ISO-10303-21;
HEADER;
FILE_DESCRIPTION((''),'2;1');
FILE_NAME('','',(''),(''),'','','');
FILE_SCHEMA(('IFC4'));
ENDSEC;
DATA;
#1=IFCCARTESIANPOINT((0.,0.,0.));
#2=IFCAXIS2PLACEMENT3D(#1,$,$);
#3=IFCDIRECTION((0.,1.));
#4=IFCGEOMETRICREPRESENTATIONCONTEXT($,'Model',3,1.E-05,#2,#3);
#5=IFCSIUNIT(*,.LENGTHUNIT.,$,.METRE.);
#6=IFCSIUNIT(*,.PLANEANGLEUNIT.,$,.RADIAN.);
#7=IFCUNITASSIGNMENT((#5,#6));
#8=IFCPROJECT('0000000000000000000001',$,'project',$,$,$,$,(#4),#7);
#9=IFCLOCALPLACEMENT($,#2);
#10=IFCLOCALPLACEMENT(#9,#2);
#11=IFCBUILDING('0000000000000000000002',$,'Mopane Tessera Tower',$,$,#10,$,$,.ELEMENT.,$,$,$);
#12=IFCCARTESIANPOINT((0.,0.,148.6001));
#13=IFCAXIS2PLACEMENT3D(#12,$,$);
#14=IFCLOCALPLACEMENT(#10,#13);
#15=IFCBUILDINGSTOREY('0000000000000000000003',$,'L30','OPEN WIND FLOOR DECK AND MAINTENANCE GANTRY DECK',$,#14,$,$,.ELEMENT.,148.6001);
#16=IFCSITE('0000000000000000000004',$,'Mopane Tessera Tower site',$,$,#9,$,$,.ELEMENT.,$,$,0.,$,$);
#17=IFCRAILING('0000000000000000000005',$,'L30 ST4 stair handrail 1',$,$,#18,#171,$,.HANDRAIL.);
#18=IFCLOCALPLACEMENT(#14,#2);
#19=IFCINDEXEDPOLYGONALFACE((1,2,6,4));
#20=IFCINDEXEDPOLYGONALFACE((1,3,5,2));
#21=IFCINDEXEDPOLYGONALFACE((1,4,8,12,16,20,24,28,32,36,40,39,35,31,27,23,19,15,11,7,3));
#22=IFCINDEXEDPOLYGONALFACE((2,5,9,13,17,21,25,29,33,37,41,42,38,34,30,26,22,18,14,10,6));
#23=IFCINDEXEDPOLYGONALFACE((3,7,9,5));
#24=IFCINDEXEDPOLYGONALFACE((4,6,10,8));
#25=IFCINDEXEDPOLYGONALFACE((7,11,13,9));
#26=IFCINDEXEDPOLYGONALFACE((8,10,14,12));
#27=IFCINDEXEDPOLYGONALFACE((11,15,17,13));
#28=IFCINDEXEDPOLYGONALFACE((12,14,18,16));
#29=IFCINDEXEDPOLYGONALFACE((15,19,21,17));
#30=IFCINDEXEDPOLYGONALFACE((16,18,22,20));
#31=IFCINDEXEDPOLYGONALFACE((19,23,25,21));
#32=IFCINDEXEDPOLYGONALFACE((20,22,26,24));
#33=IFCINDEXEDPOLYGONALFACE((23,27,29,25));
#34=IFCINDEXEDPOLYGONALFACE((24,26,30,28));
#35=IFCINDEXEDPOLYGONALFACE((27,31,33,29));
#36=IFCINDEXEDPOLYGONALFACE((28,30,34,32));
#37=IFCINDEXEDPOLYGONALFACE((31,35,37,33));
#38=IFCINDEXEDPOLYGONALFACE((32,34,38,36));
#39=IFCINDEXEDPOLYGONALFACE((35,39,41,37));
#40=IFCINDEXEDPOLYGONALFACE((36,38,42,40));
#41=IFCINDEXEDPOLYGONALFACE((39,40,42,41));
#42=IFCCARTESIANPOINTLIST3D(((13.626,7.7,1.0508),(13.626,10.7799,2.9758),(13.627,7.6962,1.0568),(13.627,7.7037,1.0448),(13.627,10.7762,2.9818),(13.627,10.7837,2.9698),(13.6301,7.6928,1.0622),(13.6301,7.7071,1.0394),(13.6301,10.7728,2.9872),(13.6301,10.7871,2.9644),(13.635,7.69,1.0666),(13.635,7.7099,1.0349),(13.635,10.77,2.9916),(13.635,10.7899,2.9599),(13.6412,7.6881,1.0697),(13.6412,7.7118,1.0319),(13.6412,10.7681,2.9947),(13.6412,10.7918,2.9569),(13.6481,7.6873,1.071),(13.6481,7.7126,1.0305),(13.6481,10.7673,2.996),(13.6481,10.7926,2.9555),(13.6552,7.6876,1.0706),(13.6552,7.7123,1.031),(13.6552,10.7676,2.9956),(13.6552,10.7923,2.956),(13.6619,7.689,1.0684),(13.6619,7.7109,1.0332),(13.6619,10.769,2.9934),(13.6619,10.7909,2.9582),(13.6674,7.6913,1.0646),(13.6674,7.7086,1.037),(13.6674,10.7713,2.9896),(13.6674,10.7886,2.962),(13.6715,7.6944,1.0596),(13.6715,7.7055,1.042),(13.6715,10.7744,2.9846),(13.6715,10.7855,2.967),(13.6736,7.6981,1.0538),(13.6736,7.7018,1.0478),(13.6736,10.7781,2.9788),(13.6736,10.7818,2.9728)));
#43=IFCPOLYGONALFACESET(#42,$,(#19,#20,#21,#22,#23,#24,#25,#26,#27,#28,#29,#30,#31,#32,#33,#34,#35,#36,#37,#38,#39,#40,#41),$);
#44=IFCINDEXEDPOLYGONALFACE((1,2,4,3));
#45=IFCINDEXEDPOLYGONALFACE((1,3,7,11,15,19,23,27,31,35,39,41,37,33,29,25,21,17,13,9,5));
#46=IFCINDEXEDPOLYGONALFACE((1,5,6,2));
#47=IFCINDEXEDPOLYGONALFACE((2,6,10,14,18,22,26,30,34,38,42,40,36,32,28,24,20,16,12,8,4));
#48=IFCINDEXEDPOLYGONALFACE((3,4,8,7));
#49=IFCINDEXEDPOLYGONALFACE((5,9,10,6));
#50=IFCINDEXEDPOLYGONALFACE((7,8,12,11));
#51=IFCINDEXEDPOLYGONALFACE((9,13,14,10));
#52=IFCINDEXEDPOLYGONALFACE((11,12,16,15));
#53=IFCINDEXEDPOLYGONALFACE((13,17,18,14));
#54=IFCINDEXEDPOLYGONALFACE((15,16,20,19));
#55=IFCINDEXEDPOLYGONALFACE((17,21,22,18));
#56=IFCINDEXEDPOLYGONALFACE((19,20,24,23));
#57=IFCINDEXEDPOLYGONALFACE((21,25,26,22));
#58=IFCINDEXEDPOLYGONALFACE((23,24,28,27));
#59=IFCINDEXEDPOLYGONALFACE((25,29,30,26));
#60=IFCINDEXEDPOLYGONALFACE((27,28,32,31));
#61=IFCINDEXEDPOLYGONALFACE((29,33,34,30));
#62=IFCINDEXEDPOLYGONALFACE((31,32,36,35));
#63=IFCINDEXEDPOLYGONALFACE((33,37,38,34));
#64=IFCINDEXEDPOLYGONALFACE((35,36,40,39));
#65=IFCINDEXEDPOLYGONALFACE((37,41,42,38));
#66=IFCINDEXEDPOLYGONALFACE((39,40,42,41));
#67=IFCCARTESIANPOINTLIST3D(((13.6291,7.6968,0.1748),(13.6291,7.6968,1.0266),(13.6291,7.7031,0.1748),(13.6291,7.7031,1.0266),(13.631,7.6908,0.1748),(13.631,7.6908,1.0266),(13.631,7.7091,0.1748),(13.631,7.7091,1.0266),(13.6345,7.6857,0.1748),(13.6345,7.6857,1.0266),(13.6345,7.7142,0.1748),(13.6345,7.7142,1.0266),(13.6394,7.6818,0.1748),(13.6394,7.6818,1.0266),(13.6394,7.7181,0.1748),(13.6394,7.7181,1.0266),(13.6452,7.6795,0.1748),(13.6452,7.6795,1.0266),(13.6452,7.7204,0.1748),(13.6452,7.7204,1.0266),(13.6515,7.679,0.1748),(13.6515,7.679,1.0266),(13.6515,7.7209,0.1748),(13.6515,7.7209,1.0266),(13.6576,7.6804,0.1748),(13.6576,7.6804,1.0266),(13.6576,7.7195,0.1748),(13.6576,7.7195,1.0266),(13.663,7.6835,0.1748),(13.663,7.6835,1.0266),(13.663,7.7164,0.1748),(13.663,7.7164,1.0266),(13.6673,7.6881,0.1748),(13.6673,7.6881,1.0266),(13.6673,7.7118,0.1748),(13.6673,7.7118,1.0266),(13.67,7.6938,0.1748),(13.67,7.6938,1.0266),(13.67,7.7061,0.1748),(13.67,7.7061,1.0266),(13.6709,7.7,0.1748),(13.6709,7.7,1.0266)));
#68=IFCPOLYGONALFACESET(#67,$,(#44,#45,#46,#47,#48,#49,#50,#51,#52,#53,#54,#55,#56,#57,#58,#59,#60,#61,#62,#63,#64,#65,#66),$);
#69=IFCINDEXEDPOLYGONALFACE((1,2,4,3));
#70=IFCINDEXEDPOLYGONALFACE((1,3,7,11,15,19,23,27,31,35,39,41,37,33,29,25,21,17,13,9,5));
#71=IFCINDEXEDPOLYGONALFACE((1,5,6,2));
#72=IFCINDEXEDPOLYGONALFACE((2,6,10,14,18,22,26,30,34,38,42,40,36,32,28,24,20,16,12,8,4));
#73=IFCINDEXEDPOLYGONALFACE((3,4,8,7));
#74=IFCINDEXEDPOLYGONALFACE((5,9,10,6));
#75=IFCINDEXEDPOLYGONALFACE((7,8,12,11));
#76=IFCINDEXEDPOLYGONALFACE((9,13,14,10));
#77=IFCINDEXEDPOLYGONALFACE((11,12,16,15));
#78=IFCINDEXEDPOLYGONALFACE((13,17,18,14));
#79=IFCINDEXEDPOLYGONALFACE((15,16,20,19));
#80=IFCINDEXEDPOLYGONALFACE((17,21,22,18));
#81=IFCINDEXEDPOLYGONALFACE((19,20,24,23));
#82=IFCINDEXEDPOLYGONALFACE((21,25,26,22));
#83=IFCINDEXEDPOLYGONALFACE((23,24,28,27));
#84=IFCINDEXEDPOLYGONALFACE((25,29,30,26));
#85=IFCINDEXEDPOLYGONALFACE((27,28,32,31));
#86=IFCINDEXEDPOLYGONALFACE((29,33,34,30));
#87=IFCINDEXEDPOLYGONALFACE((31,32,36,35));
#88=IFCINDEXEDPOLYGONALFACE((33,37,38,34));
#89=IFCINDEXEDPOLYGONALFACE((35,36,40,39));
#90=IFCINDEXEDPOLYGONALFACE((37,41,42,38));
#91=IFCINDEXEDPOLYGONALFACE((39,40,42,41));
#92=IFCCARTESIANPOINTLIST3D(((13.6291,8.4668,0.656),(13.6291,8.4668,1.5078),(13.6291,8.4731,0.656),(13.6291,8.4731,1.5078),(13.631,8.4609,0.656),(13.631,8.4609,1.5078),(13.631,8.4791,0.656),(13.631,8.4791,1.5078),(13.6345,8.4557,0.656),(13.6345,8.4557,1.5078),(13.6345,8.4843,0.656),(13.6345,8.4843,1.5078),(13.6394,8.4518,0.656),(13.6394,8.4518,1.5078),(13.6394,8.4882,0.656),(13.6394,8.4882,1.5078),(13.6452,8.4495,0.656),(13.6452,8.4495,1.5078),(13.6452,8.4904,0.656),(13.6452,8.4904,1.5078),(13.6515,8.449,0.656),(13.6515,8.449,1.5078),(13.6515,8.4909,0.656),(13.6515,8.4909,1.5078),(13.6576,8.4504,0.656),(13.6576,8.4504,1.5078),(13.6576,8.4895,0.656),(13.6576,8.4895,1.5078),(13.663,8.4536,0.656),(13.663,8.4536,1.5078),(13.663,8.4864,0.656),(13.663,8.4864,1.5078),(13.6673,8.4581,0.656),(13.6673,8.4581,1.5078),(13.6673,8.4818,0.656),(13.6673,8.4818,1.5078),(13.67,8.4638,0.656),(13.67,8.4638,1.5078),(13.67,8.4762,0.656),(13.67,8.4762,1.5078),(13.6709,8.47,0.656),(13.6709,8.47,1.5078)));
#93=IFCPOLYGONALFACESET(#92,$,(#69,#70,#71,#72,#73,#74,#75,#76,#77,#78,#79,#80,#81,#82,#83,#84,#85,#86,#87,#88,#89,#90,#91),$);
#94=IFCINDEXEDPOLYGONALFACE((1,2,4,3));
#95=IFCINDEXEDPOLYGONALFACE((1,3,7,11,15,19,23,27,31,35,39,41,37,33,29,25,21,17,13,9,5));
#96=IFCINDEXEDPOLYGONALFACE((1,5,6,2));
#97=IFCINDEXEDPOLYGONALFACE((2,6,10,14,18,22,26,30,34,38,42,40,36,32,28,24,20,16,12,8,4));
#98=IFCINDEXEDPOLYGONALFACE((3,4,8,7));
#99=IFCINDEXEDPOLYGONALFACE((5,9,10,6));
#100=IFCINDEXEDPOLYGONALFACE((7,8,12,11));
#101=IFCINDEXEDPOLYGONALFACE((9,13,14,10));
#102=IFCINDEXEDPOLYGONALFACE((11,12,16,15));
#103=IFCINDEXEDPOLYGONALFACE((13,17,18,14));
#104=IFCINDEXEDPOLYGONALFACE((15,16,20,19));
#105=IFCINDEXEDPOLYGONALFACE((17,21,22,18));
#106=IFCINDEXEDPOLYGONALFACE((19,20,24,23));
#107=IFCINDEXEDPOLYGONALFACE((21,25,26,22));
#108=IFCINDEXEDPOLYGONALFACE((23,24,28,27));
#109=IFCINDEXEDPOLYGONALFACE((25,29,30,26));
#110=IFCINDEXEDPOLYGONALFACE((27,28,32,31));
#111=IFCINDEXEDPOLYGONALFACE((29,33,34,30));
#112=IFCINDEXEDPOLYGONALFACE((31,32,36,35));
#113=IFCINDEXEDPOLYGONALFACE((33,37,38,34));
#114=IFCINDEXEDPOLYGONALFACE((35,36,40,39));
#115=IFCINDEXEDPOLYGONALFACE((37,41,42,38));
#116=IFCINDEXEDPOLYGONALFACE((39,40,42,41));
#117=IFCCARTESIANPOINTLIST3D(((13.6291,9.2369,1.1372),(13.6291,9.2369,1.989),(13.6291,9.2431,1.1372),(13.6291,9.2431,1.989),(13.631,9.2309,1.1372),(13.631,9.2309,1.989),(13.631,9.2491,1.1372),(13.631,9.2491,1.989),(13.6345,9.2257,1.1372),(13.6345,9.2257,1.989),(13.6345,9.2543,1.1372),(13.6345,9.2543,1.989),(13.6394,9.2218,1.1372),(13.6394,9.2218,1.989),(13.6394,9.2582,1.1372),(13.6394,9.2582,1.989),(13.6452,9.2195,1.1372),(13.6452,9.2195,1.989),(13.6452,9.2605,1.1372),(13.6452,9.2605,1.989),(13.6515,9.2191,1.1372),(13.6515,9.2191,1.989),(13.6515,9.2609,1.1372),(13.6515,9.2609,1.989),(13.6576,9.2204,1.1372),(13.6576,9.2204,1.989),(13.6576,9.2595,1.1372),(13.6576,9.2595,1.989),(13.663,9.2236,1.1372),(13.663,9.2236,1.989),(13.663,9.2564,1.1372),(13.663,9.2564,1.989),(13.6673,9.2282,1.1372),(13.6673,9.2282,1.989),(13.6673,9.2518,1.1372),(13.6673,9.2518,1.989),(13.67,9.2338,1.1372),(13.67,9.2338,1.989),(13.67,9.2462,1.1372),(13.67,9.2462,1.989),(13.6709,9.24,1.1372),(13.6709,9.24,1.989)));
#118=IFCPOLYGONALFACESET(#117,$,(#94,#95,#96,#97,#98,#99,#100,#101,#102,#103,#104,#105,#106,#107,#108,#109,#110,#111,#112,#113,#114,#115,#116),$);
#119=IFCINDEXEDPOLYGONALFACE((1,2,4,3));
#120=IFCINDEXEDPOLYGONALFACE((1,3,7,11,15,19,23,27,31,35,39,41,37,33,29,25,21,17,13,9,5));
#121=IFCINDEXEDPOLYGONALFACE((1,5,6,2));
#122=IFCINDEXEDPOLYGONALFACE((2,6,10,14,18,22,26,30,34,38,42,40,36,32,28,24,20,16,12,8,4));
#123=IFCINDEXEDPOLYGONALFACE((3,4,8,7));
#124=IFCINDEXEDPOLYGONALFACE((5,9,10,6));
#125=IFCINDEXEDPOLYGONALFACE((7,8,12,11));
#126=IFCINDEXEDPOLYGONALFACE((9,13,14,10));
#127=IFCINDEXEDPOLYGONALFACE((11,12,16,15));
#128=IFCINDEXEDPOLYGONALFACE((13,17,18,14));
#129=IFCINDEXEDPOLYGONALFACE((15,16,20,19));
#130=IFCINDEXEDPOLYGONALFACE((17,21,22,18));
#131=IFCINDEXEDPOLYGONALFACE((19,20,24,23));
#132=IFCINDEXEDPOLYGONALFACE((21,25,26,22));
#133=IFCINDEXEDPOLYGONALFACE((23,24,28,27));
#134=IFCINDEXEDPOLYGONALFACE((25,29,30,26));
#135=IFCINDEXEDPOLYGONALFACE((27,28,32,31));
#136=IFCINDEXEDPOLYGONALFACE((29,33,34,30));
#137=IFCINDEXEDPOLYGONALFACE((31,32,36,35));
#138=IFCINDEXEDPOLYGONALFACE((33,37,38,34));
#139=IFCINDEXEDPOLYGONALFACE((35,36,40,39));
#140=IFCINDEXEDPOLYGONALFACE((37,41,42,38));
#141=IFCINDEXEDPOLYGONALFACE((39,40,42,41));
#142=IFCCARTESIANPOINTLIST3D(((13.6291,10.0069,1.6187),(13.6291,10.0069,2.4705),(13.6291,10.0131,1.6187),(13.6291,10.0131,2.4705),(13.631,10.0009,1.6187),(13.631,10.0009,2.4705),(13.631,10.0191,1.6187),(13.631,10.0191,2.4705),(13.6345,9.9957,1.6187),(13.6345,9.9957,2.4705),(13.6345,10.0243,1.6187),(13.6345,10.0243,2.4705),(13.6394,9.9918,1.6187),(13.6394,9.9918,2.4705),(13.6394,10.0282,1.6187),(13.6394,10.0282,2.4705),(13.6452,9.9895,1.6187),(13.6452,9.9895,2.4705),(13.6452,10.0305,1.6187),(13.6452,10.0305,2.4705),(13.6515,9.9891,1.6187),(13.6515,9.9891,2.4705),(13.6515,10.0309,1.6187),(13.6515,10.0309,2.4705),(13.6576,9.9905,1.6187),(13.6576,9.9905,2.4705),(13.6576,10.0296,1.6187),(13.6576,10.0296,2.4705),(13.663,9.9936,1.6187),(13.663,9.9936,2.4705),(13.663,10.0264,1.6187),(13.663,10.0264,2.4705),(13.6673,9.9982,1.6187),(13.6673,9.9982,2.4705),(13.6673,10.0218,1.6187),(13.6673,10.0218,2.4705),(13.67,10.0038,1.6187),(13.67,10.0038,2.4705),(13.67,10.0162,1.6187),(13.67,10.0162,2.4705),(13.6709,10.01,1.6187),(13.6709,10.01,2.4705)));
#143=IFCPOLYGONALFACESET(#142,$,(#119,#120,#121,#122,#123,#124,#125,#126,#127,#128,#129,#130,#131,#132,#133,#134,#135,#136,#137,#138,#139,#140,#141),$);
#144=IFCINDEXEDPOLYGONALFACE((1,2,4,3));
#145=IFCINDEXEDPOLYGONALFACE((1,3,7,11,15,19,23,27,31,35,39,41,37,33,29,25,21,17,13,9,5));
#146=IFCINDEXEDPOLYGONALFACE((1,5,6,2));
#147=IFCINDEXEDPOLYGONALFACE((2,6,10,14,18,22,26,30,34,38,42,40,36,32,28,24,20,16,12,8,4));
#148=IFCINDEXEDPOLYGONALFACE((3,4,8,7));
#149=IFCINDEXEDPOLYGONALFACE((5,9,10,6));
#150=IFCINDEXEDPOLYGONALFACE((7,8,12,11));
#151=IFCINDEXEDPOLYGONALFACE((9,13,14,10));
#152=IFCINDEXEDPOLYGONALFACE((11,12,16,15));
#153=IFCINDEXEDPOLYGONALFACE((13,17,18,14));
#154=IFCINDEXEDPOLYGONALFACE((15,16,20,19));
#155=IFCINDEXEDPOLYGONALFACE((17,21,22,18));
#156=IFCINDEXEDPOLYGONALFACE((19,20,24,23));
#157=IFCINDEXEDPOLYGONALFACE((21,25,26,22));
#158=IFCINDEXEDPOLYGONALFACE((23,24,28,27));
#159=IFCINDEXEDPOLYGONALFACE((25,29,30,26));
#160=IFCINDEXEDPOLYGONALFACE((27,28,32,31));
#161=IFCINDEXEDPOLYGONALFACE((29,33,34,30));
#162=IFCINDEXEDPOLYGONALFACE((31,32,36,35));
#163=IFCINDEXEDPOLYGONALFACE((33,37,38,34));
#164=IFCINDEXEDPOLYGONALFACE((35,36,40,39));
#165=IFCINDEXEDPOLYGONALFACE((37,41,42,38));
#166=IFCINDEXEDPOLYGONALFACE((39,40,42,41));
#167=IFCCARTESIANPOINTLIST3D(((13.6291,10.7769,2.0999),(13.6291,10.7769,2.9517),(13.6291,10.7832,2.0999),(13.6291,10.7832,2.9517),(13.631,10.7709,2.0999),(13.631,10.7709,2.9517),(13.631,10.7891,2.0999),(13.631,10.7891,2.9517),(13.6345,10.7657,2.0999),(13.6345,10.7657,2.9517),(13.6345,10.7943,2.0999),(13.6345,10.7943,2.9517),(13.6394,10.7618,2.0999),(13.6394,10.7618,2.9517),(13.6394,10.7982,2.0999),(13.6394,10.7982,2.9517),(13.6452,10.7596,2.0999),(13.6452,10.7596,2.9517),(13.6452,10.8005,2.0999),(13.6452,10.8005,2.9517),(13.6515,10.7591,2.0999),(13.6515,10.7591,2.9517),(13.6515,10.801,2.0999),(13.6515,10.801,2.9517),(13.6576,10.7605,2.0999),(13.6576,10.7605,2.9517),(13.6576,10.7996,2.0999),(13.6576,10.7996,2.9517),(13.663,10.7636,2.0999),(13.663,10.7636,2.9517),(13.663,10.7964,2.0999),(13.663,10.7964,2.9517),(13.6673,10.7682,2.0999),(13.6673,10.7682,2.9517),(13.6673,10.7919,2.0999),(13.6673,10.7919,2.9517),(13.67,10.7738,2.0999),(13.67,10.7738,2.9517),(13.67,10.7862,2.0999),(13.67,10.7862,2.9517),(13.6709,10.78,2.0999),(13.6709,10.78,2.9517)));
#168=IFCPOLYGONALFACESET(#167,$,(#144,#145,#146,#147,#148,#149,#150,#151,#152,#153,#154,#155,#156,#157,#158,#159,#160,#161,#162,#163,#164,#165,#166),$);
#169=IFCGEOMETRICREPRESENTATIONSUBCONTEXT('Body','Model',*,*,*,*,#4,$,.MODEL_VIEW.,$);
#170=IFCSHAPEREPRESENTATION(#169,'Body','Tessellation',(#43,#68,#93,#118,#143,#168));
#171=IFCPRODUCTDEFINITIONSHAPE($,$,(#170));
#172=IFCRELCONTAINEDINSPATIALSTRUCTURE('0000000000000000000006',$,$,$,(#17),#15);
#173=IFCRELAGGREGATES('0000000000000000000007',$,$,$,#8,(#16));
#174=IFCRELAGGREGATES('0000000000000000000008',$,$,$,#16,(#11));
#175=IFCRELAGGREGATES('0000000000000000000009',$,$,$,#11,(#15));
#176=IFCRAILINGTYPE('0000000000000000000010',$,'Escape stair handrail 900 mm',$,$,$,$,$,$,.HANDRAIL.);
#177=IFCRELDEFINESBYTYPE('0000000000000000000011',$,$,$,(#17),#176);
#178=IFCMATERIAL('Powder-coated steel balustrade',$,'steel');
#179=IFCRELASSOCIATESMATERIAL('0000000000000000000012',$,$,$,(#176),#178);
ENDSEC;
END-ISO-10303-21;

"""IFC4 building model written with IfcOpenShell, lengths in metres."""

from ifc_helpers import new_model, si_unit, direction, frame, origin, origin_2d, place, context, subcontext, project, spatial, circle, extrude, material, type_object, element, save


model = new_model("IFC4")

# Units and contexts
model_context = context("Model", 3, precision=1e-05, world=origin(), true_north=direction((0.0, 1.0)))
body_context = subcontext(model_context, "Body", "Model", "MODEL_VIEW")
ifc_project = project(units=[si_unit("LENGTHUNIT", "METRE"), si_unit("PLANEANGLEUNIT", "RADIAN")], contexts=[model_context])

# Site, building, storey
site_placement = place(None, origin())
site = spatial("IfcSite", under=ifc_project, at=site_placement, Name="Mopane Tessera Tower site", CompositionType="ELEMENT", RefElevation=0.0)
building_placement = place(site_placement, origin())
building = spatial("IfcBuilding", under=site, at=building_placement, Name="Mopane Tessera Tower", CompositionType="ELEMENT")
storey_placement = place(building_placement, frame((0.0, 0.0, 148.6001)))
storey = spatial("IfcBuildingStorey", under=building, at=storey_placement, Name="L30", Description="OPEN WIND FLOOR DECK AND MAINTENANCE GANTRY DECK", CompositionType="ELEMENT", Elevation=148.6001)

# Railing
ifc_material_1 = material(Name="Powder-coated steel balustrade", Category="steel")
railing_type_1 = type_object("IfcRailingType", Name="Escape stair handrail 900 mm", PredefinedType="HANDRAIL", material=ifc_material_1)
railing_1_placement = place(storey_placement, frame((13.6499, 7.7, 0.1748)))
element("IfcRailing", 1, at=railing_1_placement, inside=storey, type_object=railing_type_1, Name="L30 ST4 stair handrail 1", PredefinedType="HANDRAIL", context=body_context, shape_type="SweptSolid", body=[
    extrude(circle(Radius=0.0239, at=origin_2d()), frame((0.0, 0.0, 0.876), z_axis=(0.0, 0.847998, 0.529999), x_axis=(-1.0, 0.0, 0.0)), (0.0, 0.0, 1.0), 3.6321),
    extrude(circle(Radius=0.021, at=origin_2d()), origin(), (0.0, 0.0, 1.0), 0.8518),
    extrude(circle(Radius=0.021, at=origin_2d()), frame((0.0, 0.77, 0.4812)), (0.0, 0.0, 1.0), 0.8518),
    extrude(circle(Radius=0.021, at=origin_2d()), frame((0.0, 1.54, 0.9624)), (0.0, 0.0, 1.0), 0.8518),
    extrude(circle(Radius=0.021, at=origin_2d()), frame((0.0, 2.3101, 1.4438)), (0.0, 0.0, 1.0), 0.8518),
    extrude(circle(Radius=0.021, at=origin_2d()), frame((0.0, 3.0801, 1.925)), (0.0, 0.0, 1.0), 0.8518),
])

save(model, "model.ifc")
